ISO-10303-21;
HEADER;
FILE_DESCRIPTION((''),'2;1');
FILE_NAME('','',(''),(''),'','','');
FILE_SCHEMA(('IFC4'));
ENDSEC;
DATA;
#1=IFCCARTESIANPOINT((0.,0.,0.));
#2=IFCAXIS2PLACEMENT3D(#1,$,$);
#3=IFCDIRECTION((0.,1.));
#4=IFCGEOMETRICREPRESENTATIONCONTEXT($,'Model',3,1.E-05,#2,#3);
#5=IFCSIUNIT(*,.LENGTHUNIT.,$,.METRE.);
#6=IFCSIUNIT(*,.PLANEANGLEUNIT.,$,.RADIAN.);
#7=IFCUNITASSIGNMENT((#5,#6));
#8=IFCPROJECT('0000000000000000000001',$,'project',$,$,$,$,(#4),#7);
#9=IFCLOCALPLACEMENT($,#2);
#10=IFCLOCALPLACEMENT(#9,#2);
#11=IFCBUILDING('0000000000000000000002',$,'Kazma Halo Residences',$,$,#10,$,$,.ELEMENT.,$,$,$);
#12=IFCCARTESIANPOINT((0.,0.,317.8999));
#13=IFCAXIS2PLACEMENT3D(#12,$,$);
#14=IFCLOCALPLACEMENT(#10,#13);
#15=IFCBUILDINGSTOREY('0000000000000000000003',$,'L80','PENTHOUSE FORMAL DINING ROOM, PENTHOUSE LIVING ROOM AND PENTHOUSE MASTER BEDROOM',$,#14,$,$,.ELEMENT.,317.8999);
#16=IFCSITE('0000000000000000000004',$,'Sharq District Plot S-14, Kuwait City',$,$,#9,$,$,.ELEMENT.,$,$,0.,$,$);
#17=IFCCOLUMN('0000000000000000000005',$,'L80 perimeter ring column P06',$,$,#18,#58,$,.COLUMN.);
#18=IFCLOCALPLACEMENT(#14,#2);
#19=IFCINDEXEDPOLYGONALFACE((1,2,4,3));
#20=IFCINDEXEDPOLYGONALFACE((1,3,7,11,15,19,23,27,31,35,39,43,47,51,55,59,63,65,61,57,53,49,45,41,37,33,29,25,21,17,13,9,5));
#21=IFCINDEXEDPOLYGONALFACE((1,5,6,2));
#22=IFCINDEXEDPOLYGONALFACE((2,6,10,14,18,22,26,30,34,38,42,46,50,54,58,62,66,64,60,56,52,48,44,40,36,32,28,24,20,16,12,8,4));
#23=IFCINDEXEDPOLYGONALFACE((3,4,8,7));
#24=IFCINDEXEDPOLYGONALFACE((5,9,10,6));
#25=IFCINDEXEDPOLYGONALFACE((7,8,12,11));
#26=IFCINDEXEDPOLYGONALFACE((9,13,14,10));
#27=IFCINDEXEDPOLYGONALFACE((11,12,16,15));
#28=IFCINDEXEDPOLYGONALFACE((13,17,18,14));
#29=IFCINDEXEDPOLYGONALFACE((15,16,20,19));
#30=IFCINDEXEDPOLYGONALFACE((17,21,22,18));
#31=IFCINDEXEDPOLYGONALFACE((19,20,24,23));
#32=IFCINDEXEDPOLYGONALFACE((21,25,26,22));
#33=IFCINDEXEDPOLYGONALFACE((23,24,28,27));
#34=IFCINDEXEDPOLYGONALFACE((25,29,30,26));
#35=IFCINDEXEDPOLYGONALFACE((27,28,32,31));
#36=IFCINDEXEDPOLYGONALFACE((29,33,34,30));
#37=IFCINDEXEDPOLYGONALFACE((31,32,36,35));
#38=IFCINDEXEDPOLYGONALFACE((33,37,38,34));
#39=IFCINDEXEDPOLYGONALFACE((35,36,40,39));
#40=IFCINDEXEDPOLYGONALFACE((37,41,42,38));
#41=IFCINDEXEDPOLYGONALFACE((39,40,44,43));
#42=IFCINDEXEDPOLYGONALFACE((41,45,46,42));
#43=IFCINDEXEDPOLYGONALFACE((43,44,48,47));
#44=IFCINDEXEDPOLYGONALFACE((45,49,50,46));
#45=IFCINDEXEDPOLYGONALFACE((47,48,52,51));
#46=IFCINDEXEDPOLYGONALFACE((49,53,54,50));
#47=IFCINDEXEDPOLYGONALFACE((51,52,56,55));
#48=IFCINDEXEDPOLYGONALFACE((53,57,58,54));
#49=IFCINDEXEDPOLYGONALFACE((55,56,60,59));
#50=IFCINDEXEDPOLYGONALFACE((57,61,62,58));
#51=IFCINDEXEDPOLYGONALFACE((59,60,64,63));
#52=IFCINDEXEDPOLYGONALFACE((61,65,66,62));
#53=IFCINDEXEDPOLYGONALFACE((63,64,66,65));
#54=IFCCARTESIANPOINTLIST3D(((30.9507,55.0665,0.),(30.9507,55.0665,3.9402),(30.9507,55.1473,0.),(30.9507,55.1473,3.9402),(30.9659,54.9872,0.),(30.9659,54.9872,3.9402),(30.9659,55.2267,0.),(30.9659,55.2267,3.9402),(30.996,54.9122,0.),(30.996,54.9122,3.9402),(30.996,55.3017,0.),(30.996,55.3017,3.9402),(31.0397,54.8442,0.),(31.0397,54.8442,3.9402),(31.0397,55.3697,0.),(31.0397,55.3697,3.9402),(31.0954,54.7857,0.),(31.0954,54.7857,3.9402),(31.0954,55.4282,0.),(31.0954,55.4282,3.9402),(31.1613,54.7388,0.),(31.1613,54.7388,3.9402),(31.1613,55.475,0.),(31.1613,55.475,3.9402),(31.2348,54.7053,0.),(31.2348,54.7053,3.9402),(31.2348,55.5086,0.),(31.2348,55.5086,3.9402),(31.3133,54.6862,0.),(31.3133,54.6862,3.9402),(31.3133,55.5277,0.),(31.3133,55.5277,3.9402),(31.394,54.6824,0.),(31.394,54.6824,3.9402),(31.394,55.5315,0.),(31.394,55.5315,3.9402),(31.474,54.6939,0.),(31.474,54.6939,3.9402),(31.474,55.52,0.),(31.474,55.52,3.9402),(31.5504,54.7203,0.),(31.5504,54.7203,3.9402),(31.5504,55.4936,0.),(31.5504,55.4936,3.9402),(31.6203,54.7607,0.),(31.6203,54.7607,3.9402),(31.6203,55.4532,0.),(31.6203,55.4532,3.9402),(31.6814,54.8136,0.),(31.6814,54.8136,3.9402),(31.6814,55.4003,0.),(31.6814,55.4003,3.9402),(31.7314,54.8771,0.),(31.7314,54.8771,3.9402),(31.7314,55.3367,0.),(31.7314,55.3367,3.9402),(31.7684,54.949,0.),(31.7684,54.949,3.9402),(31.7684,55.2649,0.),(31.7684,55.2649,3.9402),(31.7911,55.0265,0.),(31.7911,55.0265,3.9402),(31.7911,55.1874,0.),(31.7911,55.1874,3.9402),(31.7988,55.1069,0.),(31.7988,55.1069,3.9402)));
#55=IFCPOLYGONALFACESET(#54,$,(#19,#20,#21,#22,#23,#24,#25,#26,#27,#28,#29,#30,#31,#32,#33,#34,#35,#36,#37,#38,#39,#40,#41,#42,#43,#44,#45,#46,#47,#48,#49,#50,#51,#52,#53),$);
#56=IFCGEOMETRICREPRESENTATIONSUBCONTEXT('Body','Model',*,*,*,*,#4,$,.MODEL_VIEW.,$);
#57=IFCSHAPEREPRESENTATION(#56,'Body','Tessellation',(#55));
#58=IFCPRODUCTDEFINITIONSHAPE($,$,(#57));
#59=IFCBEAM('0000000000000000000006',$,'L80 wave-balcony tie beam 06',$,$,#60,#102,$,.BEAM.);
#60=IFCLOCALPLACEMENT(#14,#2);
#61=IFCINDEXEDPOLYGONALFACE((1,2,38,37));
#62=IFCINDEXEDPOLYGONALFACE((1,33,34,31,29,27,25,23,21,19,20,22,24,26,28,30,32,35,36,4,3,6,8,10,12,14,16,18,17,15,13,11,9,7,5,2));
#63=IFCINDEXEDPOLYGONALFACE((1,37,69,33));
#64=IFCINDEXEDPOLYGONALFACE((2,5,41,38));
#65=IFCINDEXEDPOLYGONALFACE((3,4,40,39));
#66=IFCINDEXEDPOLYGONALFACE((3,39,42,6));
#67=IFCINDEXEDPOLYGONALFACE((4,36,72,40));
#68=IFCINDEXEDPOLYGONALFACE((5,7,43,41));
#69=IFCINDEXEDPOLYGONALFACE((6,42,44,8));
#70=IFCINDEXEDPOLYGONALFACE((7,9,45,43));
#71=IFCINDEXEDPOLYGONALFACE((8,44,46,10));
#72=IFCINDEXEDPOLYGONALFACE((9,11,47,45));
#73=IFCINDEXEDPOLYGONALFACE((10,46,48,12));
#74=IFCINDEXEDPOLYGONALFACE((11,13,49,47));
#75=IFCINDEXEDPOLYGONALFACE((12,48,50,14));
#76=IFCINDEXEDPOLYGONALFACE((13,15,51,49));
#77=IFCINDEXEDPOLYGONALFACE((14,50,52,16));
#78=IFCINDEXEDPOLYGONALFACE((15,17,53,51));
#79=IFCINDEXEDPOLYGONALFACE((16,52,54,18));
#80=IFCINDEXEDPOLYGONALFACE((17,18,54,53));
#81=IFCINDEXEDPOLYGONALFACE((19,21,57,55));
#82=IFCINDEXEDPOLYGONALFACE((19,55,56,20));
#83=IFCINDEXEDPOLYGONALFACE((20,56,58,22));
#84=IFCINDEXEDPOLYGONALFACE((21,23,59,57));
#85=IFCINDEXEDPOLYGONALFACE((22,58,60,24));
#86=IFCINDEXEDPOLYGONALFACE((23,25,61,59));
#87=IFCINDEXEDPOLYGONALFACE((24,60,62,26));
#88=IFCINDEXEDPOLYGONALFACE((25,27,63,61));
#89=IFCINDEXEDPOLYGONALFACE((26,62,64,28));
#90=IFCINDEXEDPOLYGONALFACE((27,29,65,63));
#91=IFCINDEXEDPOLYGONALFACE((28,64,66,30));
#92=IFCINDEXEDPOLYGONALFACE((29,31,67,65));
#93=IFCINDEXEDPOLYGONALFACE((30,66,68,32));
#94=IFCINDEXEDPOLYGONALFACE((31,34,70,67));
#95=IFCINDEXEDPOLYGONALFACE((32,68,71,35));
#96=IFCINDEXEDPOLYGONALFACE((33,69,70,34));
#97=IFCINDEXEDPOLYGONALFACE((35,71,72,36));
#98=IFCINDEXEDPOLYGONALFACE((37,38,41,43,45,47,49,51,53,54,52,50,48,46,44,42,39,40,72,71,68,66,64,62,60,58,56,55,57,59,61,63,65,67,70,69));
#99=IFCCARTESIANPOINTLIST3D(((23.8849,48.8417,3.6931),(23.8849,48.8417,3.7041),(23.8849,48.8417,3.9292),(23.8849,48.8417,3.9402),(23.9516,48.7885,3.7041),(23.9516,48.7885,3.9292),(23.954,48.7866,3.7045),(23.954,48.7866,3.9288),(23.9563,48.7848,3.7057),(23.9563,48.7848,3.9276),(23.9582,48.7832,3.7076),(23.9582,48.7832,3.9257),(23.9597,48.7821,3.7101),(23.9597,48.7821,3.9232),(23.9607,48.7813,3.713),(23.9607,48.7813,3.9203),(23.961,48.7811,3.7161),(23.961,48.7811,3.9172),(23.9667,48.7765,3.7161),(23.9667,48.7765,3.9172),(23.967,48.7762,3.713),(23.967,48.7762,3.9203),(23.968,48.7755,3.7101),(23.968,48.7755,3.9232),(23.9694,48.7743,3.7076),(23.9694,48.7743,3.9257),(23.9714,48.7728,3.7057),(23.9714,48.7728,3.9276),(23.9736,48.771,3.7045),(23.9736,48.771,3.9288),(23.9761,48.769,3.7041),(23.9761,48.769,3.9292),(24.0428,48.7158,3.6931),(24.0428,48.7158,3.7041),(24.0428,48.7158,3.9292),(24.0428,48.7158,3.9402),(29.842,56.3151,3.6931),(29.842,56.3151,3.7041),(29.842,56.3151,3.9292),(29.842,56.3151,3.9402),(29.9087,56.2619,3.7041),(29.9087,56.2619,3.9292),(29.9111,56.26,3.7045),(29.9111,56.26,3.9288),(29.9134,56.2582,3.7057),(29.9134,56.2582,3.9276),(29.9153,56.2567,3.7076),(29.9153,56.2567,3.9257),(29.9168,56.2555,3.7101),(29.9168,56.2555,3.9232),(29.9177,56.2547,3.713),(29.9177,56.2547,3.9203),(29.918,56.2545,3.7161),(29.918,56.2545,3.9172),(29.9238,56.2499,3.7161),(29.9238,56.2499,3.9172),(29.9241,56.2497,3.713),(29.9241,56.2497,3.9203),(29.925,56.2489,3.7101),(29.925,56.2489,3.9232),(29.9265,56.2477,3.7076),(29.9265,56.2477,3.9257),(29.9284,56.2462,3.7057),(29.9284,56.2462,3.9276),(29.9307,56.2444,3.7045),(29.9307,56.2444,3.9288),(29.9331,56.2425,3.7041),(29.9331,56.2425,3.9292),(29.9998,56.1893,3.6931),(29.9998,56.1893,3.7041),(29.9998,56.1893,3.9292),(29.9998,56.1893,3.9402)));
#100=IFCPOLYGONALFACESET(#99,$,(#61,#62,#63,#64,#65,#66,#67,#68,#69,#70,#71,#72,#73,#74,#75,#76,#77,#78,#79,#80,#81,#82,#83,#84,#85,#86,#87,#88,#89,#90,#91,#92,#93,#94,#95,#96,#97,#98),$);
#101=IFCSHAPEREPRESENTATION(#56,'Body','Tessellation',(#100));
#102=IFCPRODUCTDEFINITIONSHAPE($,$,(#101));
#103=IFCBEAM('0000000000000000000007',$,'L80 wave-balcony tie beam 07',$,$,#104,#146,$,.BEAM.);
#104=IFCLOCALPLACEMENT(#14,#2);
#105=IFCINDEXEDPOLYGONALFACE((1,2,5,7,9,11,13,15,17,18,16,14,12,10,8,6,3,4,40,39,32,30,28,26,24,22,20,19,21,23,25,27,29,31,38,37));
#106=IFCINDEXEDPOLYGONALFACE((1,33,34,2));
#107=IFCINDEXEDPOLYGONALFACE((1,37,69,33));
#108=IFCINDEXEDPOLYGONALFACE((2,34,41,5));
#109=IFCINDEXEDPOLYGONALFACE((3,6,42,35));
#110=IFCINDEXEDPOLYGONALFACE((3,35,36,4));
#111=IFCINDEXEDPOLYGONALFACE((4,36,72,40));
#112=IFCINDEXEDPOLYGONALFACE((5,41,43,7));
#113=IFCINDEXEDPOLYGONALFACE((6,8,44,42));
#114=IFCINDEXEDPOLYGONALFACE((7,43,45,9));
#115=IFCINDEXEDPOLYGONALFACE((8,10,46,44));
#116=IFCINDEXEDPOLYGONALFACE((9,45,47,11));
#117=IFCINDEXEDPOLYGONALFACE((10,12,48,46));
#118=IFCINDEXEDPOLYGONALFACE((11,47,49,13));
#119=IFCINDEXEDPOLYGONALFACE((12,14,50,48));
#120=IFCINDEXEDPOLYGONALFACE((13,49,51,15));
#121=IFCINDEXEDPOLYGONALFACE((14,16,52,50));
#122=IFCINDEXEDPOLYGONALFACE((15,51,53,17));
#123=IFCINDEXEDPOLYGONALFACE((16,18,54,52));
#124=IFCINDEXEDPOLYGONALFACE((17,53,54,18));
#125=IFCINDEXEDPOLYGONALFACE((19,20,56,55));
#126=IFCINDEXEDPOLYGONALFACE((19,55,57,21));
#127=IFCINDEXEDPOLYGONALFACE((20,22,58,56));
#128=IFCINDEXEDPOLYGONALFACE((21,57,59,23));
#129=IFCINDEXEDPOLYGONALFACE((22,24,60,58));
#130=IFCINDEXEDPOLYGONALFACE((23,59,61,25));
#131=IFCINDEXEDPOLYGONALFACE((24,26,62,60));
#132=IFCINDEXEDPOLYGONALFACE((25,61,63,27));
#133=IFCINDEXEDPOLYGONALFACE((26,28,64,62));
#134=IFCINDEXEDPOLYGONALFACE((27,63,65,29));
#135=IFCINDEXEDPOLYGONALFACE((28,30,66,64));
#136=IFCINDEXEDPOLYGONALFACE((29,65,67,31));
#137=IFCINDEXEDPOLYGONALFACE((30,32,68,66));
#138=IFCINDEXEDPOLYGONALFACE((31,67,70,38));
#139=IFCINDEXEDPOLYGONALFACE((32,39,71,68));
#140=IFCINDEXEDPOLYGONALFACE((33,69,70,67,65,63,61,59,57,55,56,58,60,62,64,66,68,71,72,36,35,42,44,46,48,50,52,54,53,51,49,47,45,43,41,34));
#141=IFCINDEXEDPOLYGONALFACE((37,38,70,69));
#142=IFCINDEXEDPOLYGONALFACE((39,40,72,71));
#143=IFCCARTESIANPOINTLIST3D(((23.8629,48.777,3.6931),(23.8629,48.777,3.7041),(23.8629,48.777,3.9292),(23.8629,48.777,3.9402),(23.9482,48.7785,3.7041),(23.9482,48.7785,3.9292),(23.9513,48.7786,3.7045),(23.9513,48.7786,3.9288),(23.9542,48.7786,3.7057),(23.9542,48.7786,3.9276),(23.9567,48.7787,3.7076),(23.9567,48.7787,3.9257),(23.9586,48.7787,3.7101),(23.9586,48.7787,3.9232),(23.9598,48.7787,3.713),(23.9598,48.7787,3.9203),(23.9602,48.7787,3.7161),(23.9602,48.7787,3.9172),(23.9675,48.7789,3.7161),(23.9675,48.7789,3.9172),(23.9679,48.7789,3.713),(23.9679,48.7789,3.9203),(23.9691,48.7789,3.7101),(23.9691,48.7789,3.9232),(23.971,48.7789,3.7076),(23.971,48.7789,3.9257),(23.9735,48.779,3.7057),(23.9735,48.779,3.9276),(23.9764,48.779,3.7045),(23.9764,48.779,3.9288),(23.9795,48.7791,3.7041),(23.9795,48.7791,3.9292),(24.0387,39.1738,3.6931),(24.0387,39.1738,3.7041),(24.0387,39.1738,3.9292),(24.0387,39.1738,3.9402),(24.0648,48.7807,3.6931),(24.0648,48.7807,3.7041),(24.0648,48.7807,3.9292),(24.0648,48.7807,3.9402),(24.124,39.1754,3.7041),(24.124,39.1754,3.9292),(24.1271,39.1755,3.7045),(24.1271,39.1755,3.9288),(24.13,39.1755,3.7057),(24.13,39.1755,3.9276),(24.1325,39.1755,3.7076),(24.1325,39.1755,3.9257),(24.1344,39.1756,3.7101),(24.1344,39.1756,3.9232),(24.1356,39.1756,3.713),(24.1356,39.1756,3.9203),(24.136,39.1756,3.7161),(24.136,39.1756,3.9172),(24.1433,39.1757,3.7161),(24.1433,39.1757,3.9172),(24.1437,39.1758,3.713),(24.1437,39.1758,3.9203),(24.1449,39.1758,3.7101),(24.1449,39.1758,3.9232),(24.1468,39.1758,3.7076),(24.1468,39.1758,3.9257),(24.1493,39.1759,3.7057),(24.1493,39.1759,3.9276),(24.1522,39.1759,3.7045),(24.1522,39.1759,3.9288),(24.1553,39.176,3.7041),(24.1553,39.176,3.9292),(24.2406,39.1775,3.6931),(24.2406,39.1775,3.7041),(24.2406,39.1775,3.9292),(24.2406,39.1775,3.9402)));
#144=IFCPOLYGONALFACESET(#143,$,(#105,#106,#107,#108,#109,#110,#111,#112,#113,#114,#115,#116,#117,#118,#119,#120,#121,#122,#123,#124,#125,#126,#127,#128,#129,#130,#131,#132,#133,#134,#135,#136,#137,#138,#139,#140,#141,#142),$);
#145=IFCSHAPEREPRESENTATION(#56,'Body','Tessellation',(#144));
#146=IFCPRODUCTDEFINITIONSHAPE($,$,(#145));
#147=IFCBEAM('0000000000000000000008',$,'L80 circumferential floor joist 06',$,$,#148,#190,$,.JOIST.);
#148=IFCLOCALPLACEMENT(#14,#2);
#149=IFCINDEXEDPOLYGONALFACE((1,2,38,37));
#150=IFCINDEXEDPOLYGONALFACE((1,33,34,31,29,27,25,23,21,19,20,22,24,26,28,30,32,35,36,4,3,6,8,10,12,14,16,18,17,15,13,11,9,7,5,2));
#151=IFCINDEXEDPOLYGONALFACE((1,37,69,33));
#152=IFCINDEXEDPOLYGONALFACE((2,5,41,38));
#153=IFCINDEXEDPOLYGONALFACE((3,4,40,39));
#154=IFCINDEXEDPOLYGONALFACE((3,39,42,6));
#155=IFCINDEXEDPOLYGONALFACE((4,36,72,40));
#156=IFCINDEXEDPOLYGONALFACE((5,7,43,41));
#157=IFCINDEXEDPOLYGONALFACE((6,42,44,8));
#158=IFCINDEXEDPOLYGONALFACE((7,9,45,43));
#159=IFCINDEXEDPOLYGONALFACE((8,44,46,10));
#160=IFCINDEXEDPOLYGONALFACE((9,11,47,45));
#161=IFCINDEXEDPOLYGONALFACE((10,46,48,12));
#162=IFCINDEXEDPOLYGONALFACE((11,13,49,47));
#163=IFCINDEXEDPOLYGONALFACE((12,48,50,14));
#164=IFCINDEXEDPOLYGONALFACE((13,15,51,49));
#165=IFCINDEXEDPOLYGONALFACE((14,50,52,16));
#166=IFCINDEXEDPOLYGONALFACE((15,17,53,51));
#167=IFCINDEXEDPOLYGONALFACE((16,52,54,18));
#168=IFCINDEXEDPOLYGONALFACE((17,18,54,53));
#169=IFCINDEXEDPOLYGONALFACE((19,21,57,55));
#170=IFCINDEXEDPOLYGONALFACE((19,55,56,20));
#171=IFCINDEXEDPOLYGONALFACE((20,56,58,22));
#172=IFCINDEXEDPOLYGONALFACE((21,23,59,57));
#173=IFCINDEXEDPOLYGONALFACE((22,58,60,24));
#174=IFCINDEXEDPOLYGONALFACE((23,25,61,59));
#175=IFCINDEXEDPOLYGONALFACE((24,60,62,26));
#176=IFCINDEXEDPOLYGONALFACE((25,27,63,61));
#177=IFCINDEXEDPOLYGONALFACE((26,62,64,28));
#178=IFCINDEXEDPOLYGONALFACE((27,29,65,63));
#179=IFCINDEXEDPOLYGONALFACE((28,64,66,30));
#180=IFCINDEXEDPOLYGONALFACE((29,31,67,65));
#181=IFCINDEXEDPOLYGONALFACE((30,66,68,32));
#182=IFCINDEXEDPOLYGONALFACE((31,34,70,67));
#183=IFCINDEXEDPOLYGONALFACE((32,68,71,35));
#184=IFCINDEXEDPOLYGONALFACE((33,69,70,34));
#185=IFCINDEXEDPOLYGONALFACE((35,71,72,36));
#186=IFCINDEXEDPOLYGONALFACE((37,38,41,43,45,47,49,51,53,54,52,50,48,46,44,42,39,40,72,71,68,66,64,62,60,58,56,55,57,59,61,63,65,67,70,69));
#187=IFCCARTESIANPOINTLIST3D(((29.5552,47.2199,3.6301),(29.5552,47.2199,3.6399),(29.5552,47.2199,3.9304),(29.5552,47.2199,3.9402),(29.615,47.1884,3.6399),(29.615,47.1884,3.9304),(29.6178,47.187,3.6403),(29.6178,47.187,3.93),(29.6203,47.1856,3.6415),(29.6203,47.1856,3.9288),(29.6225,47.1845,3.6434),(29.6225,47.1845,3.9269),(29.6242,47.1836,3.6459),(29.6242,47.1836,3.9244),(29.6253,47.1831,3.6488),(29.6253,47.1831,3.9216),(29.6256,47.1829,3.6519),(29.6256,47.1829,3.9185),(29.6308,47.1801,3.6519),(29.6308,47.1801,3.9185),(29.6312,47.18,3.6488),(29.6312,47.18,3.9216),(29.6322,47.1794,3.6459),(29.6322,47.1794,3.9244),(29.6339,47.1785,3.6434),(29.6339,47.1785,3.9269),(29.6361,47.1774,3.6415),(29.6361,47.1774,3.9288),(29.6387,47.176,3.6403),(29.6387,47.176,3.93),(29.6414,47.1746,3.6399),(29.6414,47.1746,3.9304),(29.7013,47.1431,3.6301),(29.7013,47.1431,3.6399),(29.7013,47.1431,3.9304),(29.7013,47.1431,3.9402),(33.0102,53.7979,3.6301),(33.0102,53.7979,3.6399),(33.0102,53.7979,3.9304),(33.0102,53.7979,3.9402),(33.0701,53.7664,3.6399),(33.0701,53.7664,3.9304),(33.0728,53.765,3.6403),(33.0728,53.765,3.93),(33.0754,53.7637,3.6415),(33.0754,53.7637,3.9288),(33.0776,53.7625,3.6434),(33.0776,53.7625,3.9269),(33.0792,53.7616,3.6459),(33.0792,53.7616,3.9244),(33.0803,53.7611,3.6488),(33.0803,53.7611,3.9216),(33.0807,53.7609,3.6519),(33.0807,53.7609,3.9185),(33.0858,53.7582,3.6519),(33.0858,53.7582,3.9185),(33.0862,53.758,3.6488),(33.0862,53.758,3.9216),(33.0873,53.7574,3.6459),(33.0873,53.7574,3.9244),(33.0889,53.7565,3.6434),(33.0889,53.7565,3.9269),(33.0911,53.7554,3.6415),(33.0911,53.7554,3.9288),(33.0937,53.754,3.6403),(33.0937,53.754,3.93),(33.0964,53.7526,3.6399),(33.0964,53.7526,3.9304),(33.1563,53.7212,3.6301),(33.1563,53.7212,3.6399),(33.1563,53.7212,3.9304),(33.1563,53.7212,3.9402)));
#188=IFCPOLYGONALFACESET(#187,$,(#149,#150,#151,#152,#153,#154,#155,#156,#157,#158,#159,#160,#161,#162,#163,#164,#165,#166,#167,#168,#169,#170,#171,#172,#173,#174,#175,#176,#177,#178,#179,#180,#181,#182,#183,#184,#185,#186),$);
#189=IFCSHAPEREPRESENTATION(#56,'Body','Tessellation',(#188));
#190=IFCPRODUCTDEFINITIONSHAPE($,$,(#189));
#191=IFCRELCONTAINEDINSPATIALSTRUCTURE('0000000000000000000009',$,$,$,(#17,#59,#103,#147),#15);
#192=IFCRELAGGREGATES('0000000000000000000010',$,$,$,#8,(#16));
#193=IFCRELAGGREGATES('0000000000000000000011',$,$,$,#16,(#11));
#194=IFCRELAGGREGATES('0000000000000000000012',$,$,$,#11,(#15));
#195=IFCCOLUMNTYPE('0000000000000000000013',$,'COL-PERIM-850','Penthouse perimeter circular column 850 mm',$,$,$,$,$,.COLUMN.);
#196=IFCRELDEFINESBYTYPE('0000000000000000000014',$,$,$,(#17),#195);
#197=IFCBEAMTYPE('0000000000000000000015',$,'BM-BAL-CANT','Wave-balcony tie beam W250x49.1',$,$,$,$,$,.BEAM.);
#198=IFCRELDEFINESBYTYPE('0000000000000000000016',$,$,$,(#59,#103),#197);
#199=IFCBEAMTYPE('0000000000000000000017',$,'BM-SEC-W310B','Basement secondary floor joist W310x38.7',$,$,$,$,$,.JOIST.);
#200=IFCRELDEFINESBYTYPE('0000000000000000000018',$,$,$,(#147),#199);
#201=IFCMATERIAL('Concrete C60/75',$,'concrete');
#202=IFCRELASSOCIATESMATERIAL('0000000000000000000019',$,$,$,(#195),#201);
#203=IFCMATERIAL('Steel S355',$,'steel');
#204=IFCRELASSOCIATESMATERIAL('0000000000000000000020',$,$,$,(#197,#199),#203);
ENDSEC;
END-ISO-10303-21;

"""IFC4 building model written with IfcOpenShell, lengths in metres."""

from ifc_helpers import new_model, si_unit, direction, frame, origin, origin_2d, place, context, subcontext, project, spatial, circle, i_section, extrude, material, material_profile, profile_set, type_object, element, save


model = new_model("IFC4")

# Units and contexts
model_context = context("Model", 3, precision=1e-05, world=origin(), true_north=direction((0.0, 1.0)))
body_context = subcontext(model_context, "Body", "Model", "MODEL_VIEW")
ifc_project = project(units=[si_unit("LENGTHUNIT", "METRE"), si_unit("PLANEANGLEUNIT", "RADIAN")], contexts=[model_context])

# Site, building, storey
site_placement = place(None, origin())
site = spatial("IfcSite", under=ifc_project, at=site_placement, Name="Sharq District Plot S-14, Kuwait City", CompositionType="ELEMENT", RefElevation=0.0)
building_placement = place(site_placement, origin())
building = spatial("IfcBuilding", under=site, at=building_placement, Name="Kazma Halo Residences", CompositionType="ELEMENT")
storey_placement = place(building_placement, frame((0.0, 0.0, 317.8999)))
storey = spatial("IfcBuildingStorey", under=building, at=storey_placement, Name="L80", Description="PENTHOUSE FORMAL DINING ROOM, PENTHOUSE LIVING ROOM AND PENTHOUSE MASTER BEDROOM", CompositionType="ELEMENT", Elevation=317.8999)

# Column
ifc_material_1 = material(Name="Concrete C60/75", Category="concrete")
ifc_material_profile_1 = material_profile(ifc_material_1, circle(Radius=0.425, at=origin_2d()), Name="CIRC850")
ifc_profile_set_1 = profile_set([ifc_material_profile_1], Name="Concrete C60/75")
column_type = type_object("IfcColumnType", Name="COL-PERIM-850", Description="Penthouse perimeter circular column 850 mm", PredefinedType="COLUMN", material=ifc_profile_set_1)
column_placement = place(storey_placement, frame((31.3738, 55.1069, 0.0), z_axis=(0.0, 0.0, 1.0), x_axis=(1.0, 0.0, 0.0)))
element("IfcColumn", 1, at=column_placement, inside=storey, type_object=column_type, Name="L80 perimeter ring column P06", PredefinedType="COLUMN", context=body_context, shape_type="SweptSolid", body=[
    extrude(circle(Radius=0.425, at=origin_2d()), origin(), (0.0, 0.0, 1.0), 3.9402),
])

# Beams
ifc_material_2 = material(Name="Steel S355", Category="steel")
ifc_material_profile_2 = material_profile(ifc_material_2, i_section(OverallWidth=0.2019, OverallDepth=0.2471, WebThickness=0.0073, FlangeThickness=0.011, FilletRadius=0.012, at=origin_2d()), Name="W250x49.1")
ifc_profile_set_2 = profile_set([ifc_material_profile_2], Name="Steel S355")
beam_type_1 = type_object("IfcBeamType", Name="BM-BAL-CANT", Description="Wave-balcony tie beam W250x49.1", PredefinedType="BEAM", material=ifc_profile_set_2)
beam_1_placement = place(storey_placement, frame((29.9209, 56.2522, 3.8167), z_axis=(-0.623311, -0.781974, 0.0), x_axis=(0.781974, -0.623311, 0.0)))
element("IfcBeam", 2, at=beam_1_placement, inside=storey, type_object=beam_type_1, Name="L80 wave-balcony tie beam 06", PredefinedType="BEAM", context=body_context, shape_type="SweptSolid", body=[
    extrude(i_section(OverallWidth=0.2019, OverallDepth=0.2471, WebThickness=0.0073, FlangeThickness=0.011, FilletRadius=0.012, at=origin_2d()), origin(), (0.0, 0.0, 1.0), 9.5571),
])
beam_2_placement = place(storey_placement, frame((23.9639, 48.7788, 3.8167), z_axis=(0.018302, -0.999833, 0.0), x_axis=(0.999833, 0.018302, 0.0)))
element("IfcBeam", 3, at=beam_2_placement, inside=storey, type_object=beam_type_1, Name="L80 wave-balcony tie beam 07", PredefinedType="BEAM", context=body_context, shape_type="SweptSolid", body=[
    extrude(i_section(OverallWidth=0.2019, OverallDepth=0.2471, WebThickness=0.0073, FlangeThickness=0.011, FilletRadius=0.012, at=origin_2d()), origin(), (0.0, 0.0, 1.0), 9.6047),
])
ifc_material_profile_3 = material_profile(ifc_material_2, i_section(OverallWidth=0.165, OverallDepth=0.3101, WebThickness=0.0059, FlangeThickness=0.0098, FilletRadius=0.012, at=origin_2d()), Name="W310x38.7")
ifc_profile_set_3 = profile_set([ifc_material_profile_3], Name="Steel S355")
beam_type_2 = type_object("IfcBeamType", Name="BM-SEC-W310B", Description="Basement secondary floor joist W310x38.7", PredefinedType="JOIST", material=ifc_profile_set_3)
beam_3_placement = place(storey_placement, frame((33.0833, 53.7595, 3.7852), z_axis=(-0.464999, -0.885311, 0.0), x_axis=(0.885311, -0.464999, 0.0)))
element("IfcBeam", 4, at=beam_3_placement, inside=storey, type_object=beam_type_2, Name="L80 circumferential floor joist 06", PredefinedType="JOIST", context=body_context, shape_type="SweptSolid", body=[
    extrude(i_section(OverallWidth=0.165, OverallDepth=0.3101, WebThickness=0.0059, FlangeThickness=0.0098, FilletRadius=0.012, at=origin_2d()), origin(), (0.0, 0.0, 1.0), 7.4302),
])

save(model, "model.ifc")
